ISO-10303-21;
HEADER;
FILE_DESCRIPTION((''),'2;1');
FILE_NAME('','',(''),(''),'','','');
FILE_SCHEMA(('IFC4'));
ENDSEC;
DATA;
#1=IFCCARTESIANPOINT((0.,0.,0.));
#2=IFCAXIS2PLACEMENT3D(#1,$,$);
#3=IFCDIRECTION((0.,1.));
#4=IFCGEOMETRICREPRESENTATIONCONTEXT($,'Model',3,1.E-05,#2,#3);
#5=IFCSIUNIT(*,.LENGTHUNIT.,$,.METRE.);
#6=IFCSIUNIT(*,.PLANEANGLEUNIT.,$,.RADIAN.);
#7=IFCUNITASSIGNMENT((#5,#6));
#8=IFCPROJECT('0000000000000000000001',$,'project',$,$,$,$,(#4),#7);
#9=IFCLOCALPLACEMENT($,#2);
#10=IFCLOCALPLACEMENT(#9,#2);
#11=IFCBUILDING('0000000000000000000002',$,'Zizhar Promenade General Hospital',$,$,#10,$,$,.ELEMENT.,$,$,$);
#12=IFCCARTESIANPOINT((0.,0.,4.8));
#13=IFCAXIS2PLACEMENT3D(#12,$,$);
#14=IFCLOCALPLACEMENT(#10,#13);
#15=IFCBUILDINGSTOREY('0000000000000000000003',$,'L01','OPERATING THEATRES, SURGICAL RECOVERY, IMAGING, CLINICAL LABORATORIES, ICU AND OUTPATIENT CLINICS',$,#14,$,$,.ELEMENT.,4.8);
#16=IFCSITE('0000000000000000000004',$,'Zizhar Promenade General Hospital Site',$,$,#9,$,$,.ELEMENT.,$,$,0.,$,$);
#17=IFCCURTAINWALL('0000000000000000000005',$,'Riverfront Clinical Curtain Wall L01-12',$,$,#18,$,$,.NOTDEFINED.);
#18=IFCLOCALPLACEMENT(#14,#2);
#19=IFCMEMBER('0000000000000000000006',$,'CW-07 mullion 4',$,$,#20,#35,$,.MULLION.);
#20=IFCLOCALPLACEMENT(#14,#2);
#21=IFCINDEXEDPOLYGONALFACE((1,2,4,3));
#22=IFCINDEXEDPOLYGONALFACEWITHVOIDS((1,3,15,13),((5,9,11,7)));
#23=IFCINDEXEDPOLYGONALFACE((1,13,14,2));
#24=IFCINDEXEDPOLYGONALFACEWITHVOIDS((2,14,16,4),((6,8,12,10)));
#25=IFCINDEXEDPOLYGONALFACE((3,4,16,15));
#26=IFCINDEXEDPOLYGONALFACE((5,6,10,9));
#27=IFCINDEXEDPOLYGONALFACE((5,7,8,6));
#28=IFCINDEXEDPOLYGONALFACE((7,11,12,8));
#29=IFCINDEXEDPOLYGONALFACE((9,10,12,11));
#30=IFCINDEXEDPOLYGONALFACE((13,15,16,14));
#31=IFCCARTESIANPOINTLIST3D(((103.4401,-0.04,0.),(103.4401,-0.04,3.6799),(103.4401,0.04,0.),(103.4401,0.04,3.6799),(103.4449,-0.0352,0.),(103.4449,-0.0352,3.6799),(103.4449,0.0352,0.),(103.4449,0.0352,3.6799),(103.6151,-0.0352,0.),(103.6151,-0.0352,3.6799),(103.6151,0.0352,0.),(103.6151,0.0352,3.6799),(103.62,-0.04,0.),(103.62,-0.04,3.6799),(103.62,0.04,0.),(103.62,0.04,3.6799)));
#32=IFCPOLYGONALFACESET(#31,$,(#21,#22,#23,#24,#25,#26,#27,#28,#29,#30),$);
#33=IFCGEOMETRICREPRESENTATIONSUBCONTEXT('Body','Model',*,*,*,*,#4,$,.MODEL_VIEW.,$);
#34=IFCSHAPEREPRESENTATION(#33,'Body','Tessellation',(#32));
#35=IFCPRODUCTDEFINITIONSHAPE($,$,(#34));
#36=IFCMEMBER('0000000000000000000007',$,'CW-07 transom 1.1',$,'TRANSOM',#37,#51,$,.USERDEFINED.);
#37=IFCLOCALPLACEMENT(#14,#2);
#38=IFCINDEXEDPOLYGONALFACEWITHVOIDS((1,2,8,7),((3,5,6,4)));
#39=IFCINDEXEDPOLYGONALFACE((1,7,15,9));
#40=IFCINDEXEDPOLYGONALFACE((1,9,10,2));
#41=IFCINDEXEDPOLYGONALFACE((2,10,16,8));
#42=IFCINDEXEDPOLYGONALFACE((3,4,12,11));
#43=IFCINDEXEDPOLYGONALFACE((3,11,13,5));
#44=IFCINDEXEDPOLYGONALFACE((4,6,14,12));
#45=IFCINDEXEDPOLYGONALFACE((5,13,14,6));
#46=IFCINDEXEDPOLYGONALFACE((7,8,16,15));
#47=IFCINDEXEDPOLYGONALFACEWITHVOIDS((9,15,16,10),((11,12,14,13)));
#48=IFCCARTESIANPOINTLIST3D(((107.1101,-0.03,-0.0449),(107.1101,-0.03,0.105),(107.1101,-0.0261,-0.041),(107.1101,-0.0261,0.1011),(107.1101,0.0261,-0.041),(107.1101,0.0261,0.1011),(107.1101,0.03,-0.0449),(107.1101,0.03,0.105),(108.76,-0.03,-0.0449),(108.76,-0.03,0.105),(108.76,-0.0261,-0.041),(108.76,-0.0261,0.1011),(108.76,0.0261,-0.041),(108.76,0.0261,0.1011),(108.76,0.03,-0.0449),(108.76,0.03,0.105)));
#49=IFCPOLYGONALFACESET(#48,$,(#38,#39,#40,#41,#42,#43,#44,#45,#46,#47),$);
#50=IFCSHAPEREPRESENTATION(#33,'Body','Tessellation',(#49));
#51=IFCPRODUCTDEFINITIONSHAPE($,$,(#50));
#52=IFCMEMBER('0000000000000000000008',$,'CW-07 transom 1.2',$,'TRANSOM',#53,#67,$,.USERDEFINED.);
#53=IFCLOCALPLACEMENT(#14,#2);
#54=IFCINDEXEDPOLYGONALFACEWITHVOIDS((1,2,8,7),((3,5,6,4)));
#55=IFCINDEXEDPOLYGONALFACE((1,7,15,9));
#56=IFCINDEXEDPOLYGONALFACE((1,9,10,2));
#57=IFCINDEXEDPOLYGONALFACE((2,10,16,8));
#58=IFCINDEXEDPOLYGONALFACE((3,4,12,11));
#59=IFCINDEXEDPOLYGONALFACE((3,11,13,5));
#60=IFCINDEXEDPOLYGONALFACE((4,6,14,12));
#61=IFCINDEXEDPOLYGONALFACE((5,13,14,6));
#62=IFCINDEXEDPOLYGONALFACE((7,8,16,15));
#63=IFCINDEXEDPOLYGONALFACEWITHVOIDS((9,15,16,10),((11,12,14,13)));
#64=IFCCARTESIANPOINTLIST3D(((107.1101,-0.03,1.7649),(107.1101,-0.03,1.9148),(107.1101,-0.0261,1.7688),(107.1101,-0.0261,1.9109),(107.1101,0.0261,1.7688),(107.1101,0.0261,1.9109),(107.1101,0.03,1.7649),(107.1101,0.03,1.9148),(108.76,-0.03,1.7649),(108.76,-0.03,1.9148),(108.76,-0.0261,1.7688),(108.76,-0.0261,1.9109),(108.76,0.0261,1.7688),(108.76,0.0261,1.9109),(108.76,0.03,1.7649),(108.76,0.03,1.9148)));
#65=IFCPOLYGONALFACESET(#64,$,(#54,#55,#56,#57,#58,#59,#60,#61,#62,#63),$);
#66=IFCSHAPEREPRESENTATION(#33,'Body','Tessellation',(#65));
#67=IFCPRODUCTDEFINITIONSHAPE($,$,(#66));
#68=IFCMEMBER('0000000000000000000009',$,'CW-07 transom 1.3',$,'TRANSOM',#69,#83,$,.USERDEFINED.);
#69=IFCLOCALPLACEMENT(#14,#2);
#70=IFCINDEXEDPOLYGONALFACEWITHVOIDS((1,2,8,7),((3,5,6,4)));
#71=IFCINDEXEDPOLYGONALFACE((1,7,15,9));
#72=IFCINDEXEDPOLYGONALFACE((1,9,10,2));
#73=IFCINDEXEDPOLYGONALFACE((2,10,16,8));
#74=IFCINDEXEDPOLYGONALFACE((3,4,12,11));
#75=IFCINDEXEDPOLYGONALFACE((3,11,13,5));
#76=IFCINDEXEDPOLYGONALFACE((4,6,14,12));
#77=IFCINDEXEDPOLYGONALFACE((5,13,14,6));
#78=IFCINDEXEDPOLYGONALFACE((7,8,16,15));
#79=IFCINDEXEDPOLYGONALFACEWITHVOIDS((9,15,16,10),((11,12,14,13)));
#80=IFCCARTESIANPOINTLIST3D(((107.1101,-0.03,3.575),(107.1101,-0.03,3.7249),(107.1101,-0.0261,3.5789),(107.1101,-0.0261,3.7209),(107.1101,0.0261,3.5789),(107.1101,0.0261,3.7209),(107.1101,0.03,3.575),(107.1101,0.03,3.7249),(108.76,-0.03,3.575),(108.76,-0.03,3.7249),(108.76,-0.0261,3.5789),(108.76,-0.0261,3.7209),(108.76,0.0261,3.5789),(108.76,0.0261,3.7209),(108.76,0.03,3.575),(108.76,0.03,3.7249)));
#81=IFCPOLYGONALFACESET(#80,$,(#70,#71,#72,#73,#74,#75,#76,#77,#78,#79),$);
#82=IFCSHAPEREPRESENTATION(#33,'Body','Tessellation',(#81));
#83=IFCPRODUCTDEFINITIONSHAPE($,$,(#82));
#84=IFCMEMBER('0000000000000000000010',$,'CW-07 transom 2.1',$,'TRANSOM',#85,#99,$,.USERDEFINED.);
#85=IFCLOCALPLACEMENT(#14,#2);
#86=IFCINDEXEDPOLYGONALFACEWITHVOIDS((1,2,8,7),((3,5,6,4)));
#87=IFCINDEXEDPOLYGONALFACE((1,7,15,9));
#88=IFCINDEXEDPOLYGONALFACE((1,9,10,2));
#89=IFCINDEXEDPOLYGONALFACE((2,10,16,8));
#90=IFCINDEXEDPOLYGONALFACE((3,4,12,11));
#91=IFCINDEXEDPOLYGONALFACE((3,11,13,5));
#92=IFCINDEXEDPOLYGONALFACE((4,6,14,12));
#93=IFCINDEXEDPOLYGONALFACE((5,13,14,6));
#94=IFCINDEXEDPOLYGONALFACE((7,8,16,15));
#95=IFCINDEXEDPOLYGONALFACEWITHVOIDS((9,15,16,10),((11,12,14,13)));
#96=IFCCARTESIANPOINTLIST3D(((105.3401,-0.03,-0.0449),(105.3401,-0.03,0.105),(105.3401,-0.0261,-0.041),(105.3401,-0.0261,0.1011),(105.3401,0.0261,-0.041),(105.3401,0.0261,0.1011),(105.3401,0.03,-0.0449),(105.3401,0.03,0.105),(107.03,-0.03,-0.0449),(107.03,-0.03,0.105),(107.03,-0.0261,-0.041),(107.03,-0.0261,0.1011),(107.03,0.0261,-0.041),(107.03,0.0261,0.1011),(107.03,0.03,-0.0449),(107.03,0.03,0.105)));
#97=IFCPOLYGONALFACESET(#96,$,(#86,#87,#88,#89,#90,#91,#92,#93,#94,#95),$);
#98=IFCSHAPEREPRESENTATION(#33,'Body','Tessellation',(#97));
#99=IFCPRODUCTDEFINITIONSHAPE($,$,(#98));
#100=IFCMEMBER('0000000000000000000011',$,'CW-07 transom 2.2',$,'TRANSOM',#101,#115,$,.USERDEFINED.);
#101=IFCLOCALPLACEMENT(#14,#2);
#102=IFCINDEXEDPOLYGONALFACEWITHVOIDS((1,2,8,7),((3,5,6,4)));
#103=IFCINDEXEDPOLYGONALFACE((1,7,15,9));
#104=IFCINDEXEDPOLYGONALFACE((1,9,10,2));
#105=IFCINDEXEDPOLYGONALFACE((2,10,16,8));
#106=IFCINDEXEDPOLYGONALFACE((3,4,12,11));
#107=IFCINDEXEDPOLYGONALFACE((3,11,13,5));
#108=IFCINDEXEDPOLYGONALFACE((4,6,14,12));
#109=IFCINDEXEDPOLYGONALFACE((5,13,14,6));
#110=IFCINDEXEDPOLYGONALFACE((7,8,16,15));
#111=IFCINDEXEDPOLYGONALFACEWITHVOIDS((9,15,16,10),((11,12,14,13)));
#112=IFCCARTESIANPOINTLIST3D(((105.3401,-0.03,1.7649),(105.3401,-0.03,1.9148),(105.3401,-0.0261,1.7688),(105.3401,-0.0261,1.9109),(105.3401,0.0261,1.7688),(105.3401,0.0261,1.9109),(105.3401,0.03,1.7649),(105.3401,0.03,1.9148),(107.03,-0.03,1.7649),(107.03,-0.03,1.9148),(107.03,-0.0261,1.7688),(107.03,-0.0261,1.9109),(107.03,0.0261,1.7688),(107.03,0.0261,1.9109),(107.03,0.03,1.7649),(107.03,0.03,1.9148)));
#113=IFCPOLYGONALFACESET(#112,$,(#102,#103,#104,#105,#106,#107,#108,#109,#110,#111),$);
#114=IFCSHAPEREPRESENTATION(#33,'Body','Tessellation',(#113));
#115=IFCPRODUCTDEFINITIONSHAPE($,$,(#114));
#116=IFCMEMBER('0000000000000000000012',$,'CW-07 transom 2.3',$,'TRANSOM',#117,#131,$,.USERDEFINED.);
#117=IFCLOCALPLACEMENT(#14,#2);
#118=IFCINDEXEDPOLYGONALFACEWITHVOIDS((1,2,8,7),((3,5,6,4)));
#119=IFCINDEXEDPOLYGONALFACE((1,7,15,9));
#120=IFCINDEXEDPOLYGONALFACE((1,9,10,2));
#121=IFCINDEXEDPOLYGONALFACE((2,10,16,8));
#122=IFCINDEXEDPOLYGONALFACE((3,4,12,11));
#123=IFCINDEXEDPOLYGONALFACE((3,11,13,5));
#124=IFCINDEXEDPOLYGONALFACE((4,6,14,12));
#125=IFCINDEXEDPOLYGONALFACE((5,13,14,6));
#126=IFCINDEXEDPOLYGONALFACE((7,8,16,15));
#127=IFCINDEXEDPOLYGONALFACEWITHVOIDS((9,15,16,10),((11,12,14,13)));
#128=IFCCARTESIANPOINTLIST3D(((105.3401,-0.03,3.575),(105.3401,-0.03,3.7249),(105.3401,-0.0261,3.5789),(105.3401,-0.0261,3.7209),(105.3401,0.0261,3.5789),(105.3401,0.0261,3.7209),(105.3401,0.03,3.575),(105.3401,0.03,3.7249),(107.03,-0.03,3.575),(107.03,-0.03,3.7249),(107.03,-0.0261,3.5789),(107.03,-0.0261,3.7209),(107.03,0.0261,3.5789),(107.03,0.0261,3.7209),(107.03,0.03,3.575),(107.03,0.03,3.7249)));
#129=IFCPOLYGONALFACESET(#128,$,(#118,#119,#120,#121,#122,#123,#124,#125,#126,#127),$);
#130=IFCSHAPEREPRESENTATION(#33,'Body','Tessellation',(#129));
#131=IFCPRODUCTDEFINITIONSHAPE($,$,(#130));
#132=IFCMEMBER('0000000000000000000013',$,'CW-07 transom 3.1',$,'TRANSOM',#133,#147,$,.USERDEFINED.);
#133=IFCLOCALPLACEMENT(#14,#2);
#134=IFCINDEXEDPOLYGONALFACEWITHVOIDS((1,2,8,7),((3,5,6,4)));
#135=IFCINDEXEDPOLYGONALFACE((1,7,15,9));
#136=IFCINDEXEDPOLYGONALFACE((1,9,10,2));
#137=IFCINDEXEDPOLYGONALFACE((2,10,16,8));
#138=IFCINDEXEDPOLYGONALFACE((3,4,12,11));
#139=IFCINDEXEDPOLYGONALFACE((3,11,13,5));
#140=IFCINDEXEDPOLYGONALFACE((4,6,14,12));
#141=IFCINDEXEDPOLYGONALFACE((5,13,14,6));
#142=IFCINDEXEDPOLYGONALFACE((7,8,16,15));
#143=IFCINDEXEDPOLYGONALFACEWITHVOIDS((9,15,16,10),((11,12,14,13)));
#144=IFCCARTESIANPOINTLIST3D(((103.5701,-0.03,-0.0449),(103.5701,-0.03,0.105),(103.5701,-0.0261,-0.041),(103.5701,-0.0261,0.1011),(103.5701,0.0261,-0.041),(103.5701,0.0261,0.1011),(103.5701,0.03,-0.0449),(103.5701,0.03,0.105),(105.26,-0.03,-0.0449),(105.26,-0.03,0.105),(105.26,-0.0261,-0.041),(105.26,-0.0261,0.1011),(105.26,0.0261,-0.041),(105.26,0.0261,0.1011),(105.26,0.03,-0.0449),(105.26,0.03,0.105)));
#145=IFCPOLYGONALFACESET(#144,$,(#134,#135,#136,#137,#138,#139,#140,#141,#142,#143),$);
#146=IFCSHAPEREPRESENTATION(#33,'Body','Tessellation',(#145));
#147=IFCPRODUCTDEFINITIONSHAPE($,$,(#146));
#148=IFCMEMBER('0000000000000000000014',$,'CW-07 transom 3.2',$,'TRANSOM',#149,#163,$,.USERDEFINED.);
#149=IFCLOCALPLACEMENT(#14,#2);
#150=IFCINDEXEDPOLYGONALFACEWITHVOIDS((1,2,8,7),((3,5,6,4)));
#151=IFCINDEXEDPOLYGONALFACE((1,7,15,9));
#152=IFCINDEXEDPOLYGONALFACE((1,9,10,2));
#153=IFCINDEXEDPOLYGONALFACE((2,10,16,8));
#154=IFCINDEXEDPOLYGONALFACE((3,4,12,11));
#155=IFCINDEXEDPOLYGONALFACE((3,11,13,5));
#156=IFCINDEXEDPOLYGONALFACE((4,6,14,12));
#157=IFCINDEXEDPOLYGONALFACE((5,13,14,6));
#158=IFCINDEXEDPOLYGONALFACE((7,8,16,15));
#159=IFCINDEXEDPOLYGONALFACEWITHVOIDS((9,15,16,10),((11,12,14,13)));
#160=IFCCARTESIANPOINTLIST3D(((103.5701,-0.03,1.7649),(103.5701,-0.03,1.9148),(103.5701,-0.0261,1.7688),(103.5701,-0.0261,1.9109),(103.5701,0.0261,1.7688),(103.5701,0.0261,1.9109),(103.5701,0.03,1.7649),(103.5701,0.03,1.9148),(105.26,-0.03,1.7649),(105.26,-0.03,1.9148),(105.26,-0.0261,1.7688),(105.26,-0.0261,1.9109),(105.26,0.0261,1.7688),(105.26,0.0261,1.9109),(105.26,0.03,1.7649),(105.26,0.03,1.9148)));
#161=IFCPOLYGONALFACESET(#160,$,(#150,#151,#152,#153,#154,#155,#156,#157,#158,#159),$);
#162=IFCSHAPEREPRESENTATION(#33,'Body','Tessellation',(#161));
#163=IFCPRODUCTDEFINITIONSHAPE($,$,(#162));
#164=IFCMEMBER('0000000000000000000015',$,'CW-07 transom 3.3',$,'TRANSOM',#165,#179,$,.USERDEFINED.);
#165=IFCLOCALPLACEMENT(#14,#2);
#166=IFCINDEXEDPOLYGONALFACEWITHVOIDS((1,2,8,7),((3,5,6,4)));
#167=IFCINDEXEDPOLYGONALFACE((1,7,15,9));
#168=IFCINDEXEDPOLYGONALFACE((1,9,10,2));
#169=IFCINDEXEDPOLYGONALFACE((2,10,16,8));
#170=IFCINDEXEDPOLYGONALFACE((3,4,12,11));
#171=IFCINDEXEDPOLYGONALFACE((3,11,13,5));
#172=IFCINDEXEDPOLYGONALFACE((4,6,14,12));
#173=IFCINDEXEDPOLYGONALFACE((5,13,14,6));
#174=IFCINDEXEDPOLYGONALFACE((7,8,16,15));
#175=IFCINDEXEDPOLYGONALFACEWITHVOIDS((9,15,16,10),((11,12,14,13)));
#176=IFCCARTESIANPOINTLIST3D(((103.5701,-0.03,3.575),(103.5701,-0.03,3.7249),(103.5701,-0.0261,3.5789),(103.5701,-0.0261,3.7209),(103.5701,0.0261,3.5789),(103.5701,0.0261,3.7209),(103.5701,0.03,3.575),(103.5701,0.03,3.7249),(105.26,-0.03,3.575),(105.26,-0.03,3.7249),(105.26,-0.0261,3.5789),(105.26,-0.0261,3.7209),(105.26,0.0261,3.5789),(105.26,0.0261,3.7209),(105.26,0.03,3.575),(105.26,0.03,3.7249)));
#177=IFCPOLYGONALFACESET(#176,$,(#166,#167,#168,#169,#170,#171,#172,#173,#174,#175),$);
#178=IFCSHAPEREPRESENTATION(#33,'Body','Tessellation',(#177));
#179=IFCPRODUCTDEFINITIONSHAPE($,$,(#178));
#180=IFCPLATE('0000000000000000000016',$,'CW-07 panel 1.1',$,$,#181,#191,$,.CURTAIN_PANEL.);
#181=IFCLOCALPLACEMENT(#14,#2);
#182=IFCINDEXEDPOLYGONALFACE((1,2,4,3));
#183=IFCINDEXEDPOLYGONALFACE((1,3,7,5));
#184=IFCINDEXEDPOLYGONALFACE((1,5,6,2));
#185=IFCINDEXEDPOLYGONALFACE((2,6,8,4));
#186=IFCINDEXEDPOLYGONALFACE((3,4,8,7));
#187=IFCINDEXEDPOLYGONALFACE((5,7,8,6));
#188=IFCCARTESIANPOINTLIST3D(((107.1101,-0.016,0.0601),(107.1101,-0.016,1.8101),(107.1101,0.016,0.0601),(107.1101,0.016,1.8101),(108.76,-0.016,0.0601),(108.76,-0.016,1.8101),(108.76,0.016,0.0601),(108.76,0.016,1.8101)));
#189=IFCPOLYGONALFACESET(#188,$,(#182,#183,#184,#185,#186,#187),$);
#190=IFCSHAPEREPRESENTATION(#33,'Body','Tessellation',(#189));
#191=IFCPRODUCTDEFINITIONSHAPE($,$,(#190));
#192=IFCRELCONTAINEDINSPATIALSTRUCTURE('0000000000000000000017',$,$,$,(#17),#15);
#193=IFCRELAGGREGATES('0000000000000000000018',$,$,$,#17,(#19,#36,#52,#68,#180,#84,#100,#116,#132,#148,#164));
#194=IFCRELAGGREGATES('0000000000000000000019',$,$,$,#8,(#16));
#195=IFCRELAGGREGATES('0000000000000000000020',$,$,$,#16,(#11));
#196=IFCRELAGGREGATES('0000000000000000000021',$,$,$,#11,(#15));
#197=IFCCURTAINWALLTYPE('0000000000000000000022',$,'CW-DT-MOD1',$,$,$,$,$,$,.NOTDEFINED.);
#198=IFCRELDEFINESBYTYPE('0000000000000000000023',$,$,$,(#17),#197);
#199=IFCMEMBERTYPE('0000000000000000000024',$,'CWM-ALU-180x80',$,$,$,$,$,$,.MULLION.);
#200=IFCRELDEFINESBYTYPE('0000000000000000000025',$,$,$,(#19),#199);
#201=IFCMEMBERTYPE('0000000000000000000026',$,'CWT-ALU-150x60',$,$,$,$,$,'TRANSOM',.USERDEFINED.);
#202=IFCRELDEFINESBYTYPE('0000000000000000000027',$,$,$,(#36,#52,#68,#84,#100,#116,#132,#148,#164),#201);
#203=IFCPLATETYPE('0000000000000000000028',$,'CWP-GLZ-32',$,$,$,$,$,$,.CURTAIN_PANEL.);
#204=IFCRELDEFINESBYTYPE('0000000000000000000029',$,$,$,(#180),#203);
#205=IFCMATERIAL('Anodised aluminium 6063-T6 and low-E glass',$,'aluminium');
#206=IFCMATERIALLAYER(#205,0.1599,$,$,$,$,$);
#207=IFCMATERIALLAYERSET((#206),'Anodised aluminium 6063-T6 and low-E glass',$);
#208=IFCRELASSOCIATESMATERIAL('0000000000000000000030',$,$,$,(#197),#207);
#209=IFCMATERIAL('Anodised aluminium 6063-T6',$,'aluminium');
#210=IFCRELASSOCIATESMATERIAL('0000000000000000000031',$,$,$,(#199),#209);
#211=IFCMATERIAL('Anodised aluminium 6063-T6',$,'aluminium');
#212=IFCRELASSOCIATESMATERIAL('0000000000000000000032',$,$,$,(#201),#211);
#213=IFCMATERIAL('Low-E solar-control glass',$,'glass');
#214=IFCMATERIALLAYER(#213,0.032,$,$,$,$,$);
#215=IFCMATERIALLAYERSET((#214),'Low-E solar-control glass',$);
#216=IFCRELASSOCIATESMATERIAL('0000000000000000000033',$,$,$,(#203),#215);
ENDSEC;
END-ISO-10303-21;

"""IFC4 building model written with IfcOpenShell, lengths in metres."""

from ifc_helpers import new_model, si_unit, direction, frame, origin, origin_2d, place, context, subcontext, project, spatial, rectangle, hollow_rectangle, extrude, material, layer, layer_set, material_profile, profile_set, type_object, element, aggregate, save


model = new_model("IFC4")

# Units and contexts
model_context = context("Model", 3, precision=1e-05, world=origin(), true_north=direction((0.0, 1.0)))
body_context = subcontext(model_context, "Body", "Model", "MODEL_VIEW")
ifc_project = project(units=[si_unit("LENGTHUNIT", "METRE"), si_unit("PLANEANGLEUNIT", "RADIAN")], contexts=[model_context])

# Site, building, storey
site_placement = place(None, origin())
site = spatial("IfcSite", under=ifc_project, at=site_placement, Name="Zizhar Promenade General Hospital Site", CompositionType="ELEMENT", RefElevation=0.0)
building_placement = place(site_placement, origin())
building = spatial("IfcBuilding", under=site, at=building_placement, Name="Zizhar Promenade General Hospital", CompositionType="ELEMENT")
storey_placement = place(building_placement, frame((0.0, 0.0, 4.8)))
storey = spatial("IfcBuildingStorey", under=building, at=storey_placement, Name="L01", Description="OPERATING THEATRES, SURGICAL RECOVERY, IMAGING, CLINICAL LABORATORIES, ICU AND OUTPATIENT CLINICS", CompositionType="ELEMENT", Elevation=4.8)

# Curtain wall, members, plate
ifc_material_1 = material(Name="Anodised aluminium 6063-T6 and low-E glass", Category="aluminium")
ifc_layer_1 = layer(ifc_material_1, 0.1599)
ifc_layer_set_1 = layer_set([ifc_layer_1], Name="Anodised aluminium 6063-T6 and low-E glass")
curtain_wall_type = type_object("IfcCurtainWallType", Name="CW-DT-MOD1", PredefinedType="NOTDEFINED", material=ifc_layer_set_1)
curtain_wall_placement = place(storey_placement, origin())
curtain_wall = element("IfcCurtainWall", 1, at=curtain_wall_placement, inside=storey, type_object=curtain_wall_type, Name="Riverfront Clinical Curtain Wall L01-12", PredefinedType="NOTDEFINED")
ifc_material_2 = material(Name="Anodised aluminium 6063-T6", Category="aluminium")
ifc_material_profile_1 = material_profile(ifc_material_2, hollow_rectangle(XDim=0.0801, YDim=0.1799, WallThickness=0.0049, at=origin_2d()))
ifc_profile_set_1 = profile_set([ifc_material_profile_1], Name="Anodised aluminium 6063-T6")
member_type_1 = type_object("IfcMemberType", Name="CWM-ALU-180x80", PredefinedType="MULLION", material=ifc_profile_set_1)
member_1_placement = place(storey_placement, frame((103.53, 0.0, 0.0), z_axis=(0.0, 0.0, 1.0), x_axis=(0.0, -1.0, 0.0)))
member_1 = element("IfcMember", 2, at=member_1_placement, type_object=member_type_1, Name="CW-07 mullion 4", PredefinedType="MULLION", context=body_context, shape_type="SweptSolid", body=[
    extrude(hollow_rectangle(XDim=0.0801, YDim=0.1799, WallThickness=0.0049, at=origin_2d()), origin(), (0.0, 0.0, 1.0), 3.6799),
])
ifc_material_3 = material(Name="Anodised aluminium 6063-T6", Category="aluminium")
ifc_material_profile_2 = material_profile(ifc_material_3, hollow_rectangle(XDim=0.0601, YDim=0.1499, WallThickness=0.0039, at=origin_2d()))
ifc_profile_set_2 = profile_set([ifc_material_profile_2], Name="Anodised aluminium 6063-T6")
member_type_2 = type_object("IfcMemberType", Name="CWT-ALU-150x60", ElementType="TRANSOM", PredefinedType="USERDEFINED", material=ifc_profile_set_2)
member_2_placement = place(storey_placement, frame((108.76, 0.0, 0.03), z_axis=(-1.0, 0.0, 0.0), x_axis=(0.0, -1.0, 0.0)))
member_2 = element("IfcMember", 3, at=member_2_placement, type_object=member_type_2, Name="CW-07 transom 1.1", ObjectType="TRANSOM", PredefinedType="USERDEFINED", context=body_context, shape_type="SweptSolid", body=[
    extrude(hollow_rectangle(XDim=0.0601, YDim=0.1499, WallThickness=0.0039, at=origin_2d()), origin(), (0.0, 0.0, 1.0), 1.6499),
])
member_3_placement = place(storey_placement, frame((108.76, 0.0, 1.8398), z_axis=(-1.0, 0.0, 0.0), x_axis=(0.0, -1.0, 0.0)))
member_3 = element("IfcMember", 4, at=member_3_placement, type_object=member_type_2, Name="CW-07 transom 1.2", ObjectType="TRANSOM", PredefinedType="USERDEFINED", context=body_context, shape_type="SweptSolid", body=[
    extrude(hollow_rectangle(XDim=0.0601, YDim=0.1499, WallThickness=0.0039, at=origin_2d()), origin(), (0.0, 0.0, 1.0), 1.6499),
])
member_4_placement = place(storey_placement, frame((108.76, 0.0, 3.6499), z_axis=(-1.0, 0.0, 0.0), x_axis=(0.0, -1.0, 0.0)))
member_4 = element("IfcMember", 5, at=member_4_placement, type_object=member_type_2, Name="CW-07 transom 1.3", ObjectType="TRANSOM", PredefinedType="USERDEFINED", context=body_context, shape_type="SweptSolid", body=[
    extrude(hollow_rectangle(XDim=0.0601, YDim=0.1499, WallThickness=0.0039, at=origin_2d()), origin(), (0.0, 0.0, 1.0), 1.6499),
])
member_5_placement = place(storey_placement, frame((107.03, 0.0, 0.03), z_axis=(-1.0, 0.0, 0.0), x_axis=(0.0, -1.0, 0.0)))
member_5 = element("IfcMember", 6, at=member_5_placement, type_object=member_type_2, Name="CW-07 transom 2.1", ObjectType="TRANSOM", PredefinedType="USERDEFINED", context=body_context, shape_type="SweptSolid", body=[
    extrude(hollow_rectangle(XDim=0.0601, YDim=0.1499, WallThickness=0.0039, at=origin_2d()), origin(), (0.0, 0.0, 1.0), 1.6899),
])
member_6_placement = place(storey_placement, frame((107.03, 0.0, 1.8398), z_axis=(-1.0, 0.0, 0.0), x_axis=(0.0, -1.0, 0.0)))
member_6 = element("IfcMember", 7, at=member_6_placement, type_object=member_type_2, Name="CW-07 transom 2.2", ObjectType="TRANSOM", PredefinedType="USERDEFINED", context=body_context, shape_type="SweptSolid", body=[
    extrude(hollow_rectangle(XDim=0.0601, YDim=0.1499, WallThickness=0.0039, at=origin_2d()), origin(), (0.0, 0.0, 1.0), 1.6899),
])
member_7_placement = place(storey_placement, frame((107.03, 0.0, 3.6499), z_axis=(-1.0, 0.0, 0.0), x_axis=(0.0, -1.0, 0.0)))
member_7 = element("IfcMember", 8, at=member_7_placement, type_object=member_type_2, Name="CW-07 transom 2.3", ObjectType="TRANSOM", PredefinedType="USERDEFINED", context=body_context, shape_type="SweptSolid", body=[
    extrude(hollow_rectangle(XDim=0.0601, YDim=0.1499, WallThickness=0.0039, at=origin_2d()), origin(), (0.0, 0.0, 1.0), 1.6899),
])
member_8_placement = place(storey_placement, frame((105.26, 0.0, 0.03), z_axis=(-1.0, 0.0, 0.0), x_axis=(0.0, -1.0, 0.0)))
member_8 = element("IfcMember", 9, at=member_8_placement, type_object=member_type_2, Name="CW-07 transom 3.1", ObjectType="TRANSOM", PredefinedType="USERDEFINED", context=body_context, shape_type="SweptSolid", body=[
    extrude(hollow_rectangle(XDim=0.0601, YDim=0.1499, WallThickness=0.0039, at=origin_2d()), origin(), (0.0, 0.0, 1.0), 1.6899),
])
member_9_placement = place(storey_placement, frame((105.26, 0.0, 1.8398), z_axis=(-1.0, 0.0, 0.0), x_axis=(0.0, -1.0, 0.0)))
member_9 = element("IfcMember", 10, at=member_9_placement, type_object=member_type_2, Name="CW-07 transom 3.2", ObjectType="TRANSOM", PredefinedType="USERDEFINED", context=body_context, shape_type="SweptSolid", body=[
    extrude(hollow_rectangle(XDim=0.0601, YDim=0.1499, WallThickness=0.0039, at=origin_2d()), origin(), (0.0, 0.0, 1.0), 1.6899),
])
member_10_placement = place(storey_placement, frame((105.26, 0.0, 3.6499), z_axis=(-1.0, 0.0, 0.0), x_axis=(0.0, -1.0, 0.0)))
member_10 = element("IfcMember", 11, at=member_10_placement, type_object=member_type_2, Name="CW-07 transom 3.3", ObjectType="TRANSOM", PredefinedType="USERDEFINED", context=body_context, shape_type="SweptSolid", body=[
    extrude(hollow_rectangle(XDim=0.0601, YDim=0.1499, WallThickness=0.0039, at=origin_2d()), origin(), (0.0, 0.0, 1.0), 1.6899),
])
ifc_material_4 = material(Name="Low-E solar-control glass", Category="glass")
ifc_layer_2 = layer(ifc_material_4, 0.032)
ifc_layer_set_2 = layer_set([ifc_layer_2], Name="Low-E solar-control glass")
plate_type = type_object("IfcPlateType", Name="CWP-GLZ-32", PredefinedType="CURTAIN_PANEL", material=ifc_layer_set_2)
plate_1_placement = place(storey_placement, frame((107.9351, 0.0, 0.0601), z_axis=(0.0, 0.0, 1.0), x_axis=(-1.0, 0.0, 0.0)))
plate_1 = element("IfcPlate", 12, at=plate_1_placement, type_object=plate_type, Name="CW-07 panel 1.1", PredefinedType="CURTAIN_PANEL", context=body_context, shape_type="SweptSolid", body=[
    extrude(rectangle(XDim=1.6499, YDim=0.032, at=origin_2d()), origin(), (0.0, 0.0, 1.0), 1.75),
])
aggregate(curtain_wall, [member_1, member_2, member_3, member_4, plate_1, member_5, member_6, member_7, member_8, member_9, member_10])

save(model, "model.ifc")
